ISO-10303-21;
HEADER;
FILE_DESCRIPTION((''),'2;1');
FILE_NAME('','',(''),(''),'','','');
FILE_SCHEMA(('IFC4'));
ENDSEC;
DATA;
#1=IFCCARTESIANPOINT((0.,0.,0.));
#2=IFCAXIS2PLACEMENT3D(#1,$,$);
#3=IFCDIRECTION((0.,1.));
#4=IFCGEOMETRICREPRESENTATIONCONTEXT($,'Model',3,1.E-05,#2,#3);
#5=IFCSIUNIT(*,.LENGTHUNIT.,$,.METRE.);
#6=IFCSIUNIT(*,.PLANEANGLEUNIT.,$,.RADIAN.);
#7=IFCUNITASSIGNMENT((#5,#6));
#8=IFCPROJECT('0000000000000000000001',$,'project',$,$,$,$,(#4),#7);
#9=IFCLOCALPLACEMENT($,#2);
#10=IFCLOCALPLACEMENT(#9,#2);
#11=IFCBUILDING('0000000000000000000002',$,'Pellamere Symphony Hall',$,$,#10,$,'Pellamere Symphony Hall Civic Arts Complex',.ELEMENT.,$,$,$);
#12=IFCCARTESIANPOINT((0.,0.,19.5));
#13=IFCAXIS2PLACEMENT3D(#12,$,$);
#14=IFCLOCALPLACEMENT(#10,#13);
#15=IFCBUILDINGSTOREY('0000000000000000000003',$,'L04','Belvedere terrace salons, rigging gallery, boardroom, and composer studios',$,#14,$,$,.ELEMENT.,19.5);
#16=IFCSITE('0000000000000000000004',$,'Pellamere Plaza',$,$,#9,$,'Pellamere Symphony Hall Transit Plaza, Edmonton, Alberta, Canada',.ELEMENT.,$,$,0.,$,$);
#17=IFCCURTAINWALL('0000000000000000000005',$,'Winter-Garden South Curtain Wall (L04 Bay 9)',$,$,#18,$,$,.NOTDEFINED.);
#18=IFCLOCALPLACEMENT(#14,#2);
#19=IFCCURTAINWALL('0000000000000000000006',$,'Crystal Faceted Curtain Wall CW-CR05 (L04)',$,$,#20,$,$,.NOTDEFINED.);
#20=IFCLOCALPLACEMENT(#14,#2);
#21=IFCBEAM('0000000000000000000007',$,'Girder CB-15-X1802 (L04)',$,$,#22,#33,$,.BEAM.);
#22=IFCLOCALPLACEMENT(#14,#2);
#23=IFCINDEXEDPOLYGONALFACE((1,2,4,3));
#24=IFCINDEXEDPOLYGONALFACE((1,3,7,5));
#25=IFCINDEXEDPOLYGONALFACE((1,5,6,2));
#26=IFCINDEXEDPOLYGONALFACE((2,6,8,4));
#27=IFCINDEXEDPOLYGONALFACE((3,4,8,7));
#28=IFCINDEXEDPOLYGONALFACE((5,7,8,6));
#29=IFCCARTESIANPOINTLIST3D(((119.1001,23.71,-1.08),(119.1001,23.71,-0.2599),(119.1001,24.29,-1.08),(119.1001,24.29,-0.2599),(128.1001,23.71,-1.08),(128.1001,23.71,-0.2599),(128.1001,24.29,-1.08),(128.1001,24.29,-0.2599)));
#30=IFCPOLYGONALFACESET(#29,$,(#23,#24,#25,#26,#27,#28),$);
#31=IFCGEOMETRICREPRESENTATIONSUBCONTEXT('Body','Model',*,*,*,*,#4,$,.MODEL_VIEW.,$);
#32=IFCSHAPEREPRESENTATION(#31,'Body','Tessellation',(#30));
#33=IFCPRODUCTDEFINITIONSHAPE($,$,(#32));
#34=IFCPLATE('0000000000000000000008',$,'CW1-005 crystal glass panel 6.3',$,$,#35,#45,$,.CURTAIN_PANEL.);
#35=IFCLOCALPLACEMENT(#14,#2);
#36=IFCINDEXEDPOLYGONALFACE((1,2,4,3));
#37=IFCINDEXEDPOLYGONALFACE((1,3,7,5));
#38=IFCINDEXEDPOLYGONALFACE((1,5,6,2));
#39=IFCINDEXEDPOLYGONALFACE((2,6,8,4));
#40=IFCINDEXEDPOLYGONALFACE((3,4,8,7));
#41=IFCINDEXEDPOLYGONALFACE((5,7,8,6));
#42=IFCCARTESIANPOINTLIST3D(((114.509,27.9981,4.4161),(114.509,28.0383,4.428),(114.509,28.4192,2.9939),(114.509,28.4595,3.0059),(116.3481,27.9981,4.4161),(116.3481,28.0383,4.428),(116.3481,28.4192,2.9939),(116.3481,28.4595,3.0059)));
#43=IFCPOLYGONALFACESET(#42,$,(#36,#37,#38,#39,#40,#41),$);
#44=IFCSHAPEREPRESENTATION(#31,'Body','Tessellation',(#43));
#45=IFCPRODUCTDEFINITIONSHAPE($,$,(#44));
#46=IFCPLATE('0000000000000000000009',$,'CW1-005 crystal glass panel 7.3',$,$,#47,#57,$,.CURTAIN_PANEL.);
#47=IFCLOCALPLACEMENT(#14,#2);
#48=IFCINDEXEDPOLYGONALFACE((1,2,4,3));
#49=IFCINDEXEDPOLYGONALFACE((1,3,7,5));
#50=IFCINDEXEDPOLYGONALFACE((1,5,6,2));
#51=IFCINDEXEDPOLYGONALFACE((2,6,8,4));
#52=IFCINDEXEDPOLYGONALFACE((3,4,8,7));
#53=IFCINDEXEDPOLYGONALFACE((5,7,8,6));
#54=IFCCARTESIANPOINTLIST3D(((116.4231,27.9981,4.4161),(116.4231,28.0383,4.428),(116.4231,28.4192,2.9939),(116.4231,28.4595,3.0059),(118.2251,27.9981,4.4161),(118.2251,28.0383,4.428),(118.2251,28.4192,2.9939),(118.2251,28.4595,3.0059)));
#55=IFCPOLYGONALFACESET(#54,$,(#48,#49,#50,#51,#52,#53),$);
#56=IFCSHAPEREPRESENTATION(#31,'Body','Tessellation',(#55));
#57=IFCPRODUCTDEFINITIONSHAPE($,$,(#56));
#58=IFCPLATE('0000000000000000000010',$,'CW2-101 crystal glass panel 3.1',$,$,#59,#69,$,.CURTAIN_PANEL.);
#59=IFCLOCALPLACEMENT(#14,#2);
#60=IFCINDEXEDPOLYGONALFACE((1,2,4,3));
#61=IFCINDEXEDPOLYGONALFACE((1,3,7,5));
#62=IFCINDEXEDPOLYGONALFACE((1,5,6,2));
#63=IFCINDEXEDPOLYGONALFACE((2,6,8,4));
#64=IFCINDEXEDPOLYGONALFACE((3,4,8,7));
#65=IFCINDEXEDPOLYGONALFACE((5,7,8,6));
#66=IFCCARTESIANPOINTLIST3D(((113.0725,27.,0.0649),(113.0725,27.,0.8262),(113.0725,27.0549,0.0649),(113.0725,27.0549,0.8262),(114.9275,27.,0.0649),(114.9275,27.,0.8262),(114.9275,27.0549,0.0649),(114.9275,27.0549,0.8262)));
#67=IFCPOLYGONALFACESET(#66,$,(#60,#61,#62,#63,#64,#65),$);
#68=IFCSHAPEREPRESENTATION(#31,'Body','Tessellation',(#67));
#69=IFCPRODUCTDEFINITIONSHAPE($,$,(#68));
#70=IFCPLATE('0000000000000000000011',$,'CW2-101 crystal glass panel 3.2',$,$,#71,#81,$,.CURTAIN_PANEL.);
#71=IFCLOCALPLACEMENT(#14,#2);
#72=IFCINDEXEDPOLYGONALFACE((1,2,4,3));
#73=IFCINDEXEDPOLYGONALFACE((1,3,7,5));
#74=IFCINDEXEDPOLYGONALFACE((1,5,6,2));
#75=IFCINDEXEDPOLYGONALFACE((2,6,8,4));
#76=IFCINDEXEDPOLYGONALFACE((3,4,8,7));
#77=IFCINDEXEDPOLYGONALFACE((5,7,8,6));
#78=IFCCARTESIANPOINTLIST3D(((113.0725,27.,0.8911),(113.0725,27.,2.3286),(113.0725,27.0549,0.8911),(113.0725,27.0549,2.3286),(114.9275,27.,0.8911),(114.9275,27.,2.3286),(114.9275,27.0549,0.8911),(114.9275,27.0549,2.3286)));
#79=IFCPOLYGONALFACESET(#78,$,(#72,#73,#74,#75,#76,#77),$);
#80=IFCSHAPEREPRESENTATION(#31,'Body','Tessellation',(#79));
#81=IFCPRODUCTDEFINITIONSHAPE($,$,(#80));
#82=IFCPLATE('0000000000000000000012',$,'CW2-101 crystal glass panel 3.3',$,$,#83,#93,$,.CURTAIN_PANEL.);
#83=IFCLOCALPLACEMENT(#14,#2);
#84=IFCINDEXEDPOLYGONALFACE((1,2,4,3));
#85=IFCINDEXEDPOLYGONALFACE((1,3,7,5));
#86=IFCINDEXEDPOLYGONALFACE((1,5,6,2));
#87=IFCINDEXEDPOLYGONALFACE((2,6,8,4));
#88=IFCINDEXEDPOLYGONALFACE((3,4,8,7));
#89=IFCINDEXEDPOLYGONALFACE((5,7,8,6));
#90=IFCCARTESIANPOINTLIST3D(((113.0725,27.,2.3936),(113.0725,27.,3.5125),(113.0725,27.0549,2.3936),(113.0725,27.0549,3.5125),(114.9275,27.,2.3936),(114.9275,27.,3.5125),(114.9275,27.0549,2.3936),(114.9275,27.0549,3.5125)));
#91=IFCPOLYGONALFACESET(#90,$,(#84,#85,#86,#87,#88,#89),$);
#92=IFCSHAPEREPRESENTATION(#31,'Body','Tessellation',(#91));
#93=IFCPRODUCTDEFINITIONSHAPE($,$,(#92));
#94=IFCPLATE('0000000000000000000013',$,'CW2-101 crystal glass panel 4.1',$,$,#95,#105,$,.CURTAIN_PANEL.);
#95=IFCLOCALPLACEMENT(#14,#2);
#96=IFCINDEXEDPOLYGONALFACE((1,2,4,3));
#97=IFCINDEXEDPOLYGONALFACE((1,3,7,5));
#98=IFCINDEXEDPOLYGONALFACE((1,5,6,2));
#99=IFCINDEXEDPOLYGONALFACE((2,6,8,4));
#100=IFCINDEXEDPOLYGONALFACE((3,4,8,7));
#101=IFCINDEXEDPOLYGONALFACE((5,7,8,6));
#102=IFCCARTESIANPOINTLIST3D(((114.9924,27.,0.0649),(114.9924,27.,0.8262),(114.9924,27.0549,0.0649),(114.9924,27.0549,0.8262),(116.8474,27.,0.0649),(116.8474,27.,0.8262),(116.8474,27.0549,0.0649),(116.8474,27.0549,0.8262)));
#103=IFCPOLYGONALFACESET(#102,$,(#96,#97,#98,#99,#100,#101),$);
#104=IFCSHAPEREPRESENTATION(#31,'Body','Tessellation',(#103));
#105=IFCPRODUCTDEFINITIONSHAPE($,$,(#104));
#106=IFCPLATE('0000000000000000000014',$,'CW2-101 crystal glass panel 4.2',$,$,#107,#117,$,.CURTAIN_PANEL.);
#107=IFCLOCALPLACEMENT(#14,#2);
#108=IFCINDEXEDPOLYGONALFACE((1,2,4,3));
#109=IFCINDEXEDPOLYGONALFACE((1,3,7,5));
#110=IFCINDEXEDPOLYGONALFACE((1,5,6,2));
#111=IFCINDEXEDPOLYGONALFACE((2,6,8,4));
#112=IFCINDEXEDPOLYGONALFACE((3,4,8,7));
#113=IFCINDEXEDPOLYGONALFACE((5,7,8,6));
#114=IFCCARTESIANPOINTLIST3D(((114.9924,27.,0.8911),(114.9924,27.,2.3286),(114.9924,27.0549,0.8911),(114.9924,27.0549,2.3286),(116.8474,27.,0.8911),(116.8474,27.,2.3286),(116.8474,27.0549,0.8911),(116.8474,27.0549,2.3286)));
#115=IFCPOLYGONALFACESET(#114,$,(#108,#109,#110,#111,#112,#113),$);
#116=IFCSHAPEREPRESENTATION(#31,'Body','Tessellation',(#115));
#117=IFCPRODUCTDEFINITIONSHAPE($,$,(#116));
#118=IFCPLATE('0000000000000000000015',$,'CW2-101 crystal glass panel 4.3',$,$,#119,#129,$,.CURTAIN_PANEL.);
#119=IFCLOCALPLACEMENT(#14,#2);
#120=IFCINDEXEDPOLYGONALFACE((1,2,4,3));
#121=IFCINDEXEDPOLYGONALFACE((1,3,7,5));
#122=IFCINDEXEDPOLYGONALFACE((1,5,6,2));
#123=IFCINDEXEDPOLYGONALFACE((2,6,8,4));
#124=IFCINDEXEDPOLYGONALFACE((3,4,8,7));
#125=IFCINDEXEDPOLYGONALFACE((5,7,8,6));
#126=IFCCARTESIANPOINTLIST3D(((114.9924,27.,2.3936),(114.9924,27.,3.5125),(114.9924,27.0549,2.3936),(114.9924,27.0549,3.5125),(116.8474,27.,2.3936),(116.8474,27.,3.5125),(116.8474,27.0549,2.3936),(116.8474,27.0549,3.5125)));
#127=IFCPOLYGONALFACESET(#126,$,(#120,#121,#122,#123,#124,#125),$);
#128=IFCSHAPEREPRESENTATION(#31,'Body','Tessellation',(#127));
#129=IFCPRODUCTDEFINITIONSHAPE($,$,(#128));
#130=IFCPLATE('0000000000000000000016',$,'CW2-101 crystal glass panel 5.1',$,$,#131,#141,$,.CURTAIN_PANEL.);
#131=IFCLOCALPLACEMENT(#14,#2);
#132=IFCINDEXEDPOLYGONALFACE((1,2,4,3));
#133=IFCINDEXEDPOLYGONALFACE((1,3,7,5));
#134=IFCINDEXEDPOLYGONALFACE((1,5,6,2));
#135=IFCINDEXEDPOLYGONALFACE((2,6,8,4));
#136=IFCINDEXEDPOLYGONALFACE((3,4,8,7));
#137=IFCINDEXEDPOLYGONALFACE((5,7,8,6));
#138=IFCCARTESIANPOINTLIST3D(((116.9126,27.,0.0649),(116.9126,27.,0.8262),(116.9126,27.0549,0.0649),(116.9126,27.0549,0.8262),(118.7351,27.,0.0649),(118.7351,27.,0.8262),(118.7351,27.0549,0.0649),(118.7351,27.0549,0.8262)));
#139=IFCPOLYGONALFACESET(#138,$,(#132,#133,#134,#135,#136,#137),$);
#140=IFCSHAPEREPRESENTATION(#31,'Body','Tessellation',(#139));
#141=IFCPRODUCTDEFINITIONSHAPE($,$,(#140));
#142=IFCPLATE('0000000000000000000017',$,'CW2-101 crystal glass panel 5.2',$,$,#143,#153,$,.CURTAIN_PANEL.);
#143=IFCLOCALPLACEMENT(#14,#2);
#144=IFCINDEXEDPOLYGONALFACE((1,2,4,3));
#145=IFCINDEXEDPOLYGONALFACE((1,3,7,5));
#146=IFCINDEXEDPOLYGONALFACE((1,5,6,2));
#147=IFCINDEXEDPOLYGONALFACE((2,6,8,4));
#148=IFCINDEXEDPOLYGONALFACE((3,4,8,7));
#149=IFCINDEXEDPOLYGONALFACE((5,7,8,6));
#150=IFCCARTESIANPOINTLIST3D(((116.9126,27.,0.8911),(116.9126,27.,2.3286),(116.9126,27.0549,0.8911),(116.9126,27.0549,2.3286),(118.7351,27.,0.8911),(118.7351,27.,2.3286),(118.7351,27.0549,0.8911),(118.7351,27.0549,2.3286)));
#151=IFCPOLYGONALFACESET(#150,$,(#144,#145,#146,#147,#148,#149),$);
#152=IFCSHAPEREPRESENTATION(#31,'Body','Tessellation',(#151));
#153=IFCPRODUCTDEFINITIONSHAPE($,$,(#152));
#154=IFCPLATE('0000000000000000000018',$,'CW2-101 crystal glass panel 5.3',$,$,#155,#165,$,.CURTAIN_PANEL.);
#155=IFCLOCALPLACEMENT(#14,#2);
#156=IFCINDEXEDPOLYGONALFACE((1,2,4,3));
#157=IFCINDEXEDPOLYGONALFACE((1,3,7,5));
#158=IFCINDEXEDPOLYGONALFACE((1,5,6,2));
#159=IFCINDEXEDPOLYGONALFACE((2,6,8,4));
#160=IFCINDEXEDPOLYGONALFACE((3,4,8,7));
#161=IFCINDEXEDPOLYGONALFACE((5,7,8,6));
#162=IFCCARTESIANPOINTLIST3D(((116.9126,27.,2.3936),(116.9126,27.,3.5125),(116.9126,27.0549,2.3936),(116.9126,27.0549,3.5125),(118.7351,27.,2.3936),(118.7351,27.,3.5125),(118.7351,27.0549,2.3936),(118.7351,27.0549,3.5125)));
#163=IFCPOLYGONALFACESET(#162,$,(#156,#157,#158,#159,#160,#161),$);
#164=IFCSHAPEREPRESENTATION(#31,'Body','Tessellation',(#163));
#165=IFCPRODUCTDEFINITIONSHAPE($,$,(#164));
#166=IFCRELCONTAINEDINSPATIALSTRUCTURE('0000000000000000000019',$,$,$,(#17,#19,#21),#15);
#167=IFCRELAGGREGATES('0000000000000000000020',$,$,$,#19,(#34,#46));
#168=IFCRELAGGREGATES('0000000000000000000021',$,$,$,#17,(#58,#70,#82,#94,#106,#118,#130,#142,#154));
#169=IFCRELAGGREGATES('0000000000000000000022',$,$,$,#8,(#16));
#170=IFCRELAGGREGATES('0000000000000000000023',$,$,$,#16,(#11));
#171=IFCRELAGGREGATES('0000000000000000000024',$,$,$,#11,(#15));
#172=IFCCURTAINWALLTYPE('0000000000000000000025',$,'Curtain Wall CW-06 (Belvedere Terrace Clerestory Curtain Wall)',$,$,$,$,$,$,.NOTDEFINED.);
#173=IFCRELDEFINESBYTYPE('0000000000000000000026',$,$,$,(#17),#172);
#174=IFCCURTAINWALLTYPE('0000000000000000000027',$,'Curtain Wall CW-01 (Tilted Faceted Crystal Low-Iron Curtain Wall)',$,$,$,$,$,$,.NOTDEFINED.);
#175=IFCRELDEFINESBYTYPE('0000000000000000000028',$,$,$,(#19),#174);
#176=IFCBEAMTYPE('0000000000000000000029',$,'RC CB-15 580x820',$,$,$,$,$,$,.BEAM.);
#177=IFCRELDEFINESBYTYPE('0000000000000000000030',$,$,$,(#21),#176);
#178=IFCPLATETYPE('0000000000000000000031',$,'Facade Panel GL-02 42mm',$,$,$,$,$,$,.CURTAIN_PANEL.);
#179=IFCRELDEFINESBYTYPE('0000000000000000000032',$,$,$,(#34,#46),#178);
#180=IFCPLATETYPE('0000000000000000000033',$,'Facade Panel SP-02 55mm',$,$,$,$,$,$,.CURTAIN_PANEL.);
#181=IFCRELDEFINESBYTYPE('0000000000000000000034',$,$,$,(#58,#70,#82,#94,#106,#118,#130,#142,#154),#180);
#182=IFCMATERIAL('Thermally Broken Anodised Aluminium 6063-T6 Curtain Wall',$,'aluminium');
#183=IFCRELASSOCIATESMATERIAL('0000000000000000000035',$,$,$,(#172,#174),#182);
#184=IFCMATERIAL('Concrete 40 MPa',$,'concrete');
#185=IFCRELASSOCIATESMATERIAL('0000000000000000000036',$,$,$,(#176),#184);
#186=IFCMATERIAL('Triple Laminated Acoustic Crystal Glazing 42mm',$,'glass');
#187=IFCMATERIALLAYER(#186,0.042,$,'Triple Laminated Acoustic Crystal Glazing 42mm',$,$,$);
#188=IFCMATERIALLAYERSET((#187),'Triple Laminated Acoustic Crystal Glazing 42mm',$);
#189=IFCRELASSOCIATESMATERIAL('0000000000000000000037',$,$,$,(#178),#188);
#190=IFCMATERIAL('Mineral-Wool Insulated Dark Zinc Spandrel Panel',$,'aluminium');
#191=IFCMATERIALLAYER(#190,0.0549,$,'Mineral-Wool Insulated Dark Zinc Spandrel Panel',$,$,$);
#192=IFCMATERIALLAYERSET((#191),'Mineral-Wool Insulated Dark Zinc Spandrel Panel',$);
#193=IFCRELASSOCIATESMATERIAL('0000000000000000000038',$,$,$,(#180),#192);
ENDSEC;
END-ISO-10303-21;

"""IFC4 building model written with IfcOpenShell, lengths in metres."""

from ifc_helpers import new_model, si_unit, direction, frame, origin, origin_2d, place, context, subcontext, project, spatial, polyline, rectangle, outline, extrude, material, layer, layer_set, material_profile, profile_set, type_object, element, aggregate, save


model = new_model("IFC4")

# Units and contexts
model_context = context("Model", 3, precision=1e-05, world=origin(), true_north=direction((0.0, 1.0)))
body_context = subcontext(model_context, "Body", "Model", "MODEL_VIEW")
ifc_project = project(units=[si_unit("LENGTHUNIT", "METRE"), si_unit("PLANEANGLEUNIT", "RADIAN")], contexts=[model_context])

# Site, building, storey
site_placement = place(None, origin())
site = spatial("IfcSite", under=ifc_project, at=site_placement, Name="Pellamere Plaza", LongName="Pellamere Symphony Hall Transit Plaza, Edmonton, Alberta, Canada", CompositionType="ELEMENT", RefElevation=0.0)
building_placement = place(site_placement, origin())
building = spatial("IfcBuilding", under=site, at=building_placement, Name="Pellamere Symphony Hall", LongName="Pellamere Symphony Hall Civic Arts Complex", CompositionType="ELEMENT")
storey_placement = place(building_placement, frame((0.0, 0.0, 19.5)))
storey = spatial("IfcBuildingStorey", under=building, at=storey_placement, Name="L04", Description="Belvedere terrace salons, rigging gallery, boardroom, and composer studios", CompositionType="ELEMENT", Elevation=19.5)

# Curtain walls
ifc_material_1 = material(Name="Thermally Broken Anodised Aluminium 6063-T6 Curtain Wall", Category="aluminium")
curtain_wall_type_1 = type_object("IfcCurtainWallType", Name="Curtain Wall CW-06 (Belvedere Terrace Clerestory Curtain Wall)", PredefinedType="NOTDEFINED", material=ifc_material_1)
curtain_wall_1_placement = place(storey_placement, origin())
curtain_wall_1 = element("IfcCurtainWall", 1, at=curtain_wall_1_placement, inside=storey, type_object=curtain_wall_type_1, Name="Winter-Garden South Curtain Wall (L04 Bay 9)", PredefinedType="NOTDEFINED")
curtain_wall_type_2 = type_object("IfcCurtainWallType", Name="Curtain Wall CW-01 (Tilted Faceted Crystal Low-Iron Curtain Wall)", PredefinedType="NOTDEFINED", material=ifc_material_1)
curtain_wall_2_placement = place(storey_placement, origin())
curtain_wall_2 = element("IfcCurtainWall", 2, at=curtain_wall_2_placement, inside=storey, type_object=curtain_wall_type_2, Name="Crystal Faceted Curtain Wall CW-CR05 (L04)", PredefinedType="NOTDEFINED")

# Beam
ifc_material_2 = material(Name="Concrete 40 MPa", Category="concrete")
ifc_material_profile_1 = material_profile(ifc_material_2, rectangle(XDim=0.5801, YDim=0.8201, at=origin_2d()), Name="RC 580x820")
ifc_profile_set_1 = profile_set([ifc_material_profile_1], Name="Concrete 40 MPa")
beam_type_1 = type_object("IfcBeamType", Name="RC CB-15 580x820", PredefinedType="BEAM", material=ifc_profile_set_1)
beam_1_placement = place(storey_placement, frame((119.1001, 24.0, -0.6699), z_axis=(1.0, 0.0, 0.0), x_axis=(0.0, 1.0, 0.0)))
element("IfcBeam", 3, at=beam_1_placement, inside=storey, type_object=beam_type_1, Name="Girder CB-15-X1802 (L04)", PredefinedType="BEAM", context=body_context, shape_type="SweptSolid", body=[
    extrude(rectangle(XDim=0.5801, YDim=0.8201, at=origin_2d()), origin(), (0.0, 0.0, 1.0), 9.0),
])

# Plates
ifc_material_3 = material(Name="Triple Laminated Acoustic Crystal Glazing 42mm", Category="glass")
ifc_layer_1 = layer(ifc_material_3, 0.042, Name="Triple Laminated Acoustic Crystal Glazing 42mm")
ifc_layer_set_1 = layer_set([ifc_layer_1], Name="Triple Laminated Acoustic Crystal Glazing 42mm")
plate_type_1 = type_object("IfcPlateType", Name="Facade Panel GL-02 42mm", PredefinedType="CURTAIN_PANEL", material=ifc_layer_set_1)
plate_1_placement = place(storey_placement, frame((114.509, 28.4595, 3.0059), z_axis=(0.0, 0.95884, 0.283948), x_axis=(1.0, 0.0, 0.0)))
plate_1 = element("IfcPlate", 4, at=plate_1_placement, type_object=plate_type_1, Name="CW1-005 crystal glass panel 6.3", PredefinedType="CURTAIN_PANEL", context=body_context, shape_type="SweptSolid", body=[
    extrude(outline(polyline([(0.0, 0.0), (1.8391, 0.0), (1.8391, -1.4832), (0.0, -1.4832), (0.0, 0.0)])), origin(), (0.0, 0.0, -1.0), 0.042),
])
plate_2_placement = place(storey_placement, frame((116.4231, 28.4595, 3.0059), z_axis=(0.0, 0.95884, 0.283948), x_axis=(1.0, 0.0, 0.0)))
plate_2 = element("IfcPlate", 5, at=plate_2_placement, type_object=plate_type_1, Name="CW1-005 crystal glass panel 7.3", PredefinedType="CURTAIN_PANEL", context=body_context, shape_type="SweptSolid", body=[
    extrude(outline(polyline([(0.0, 0.0), (1.802, 0.0), (1.802, -1.4832), (0.0, -1.4832), (0.0, 0.0)])), origin(), (0.0, 0.0, -1.0), 0.042),
])
aggregate(curtain_wall_2, [plate_1, plate_2])
ifc_material_4 = material(Name="Mineral-Wool Insulated Dark Zinc Spandrel Panel", Category="aluminium")
ifc_layer_2 = layer(ifc_material_4, 0.0549, Name="Mineral-Wool Insulated Dark Zinc Spandrel Panel")
ifc_layer_set_2 = layer_set([ifc_layer_2], Name="Mineral-Wool Insulated Dark Zinc Spandrel Panel")
plate_type_2 = type_object("IfcPlateType", Name="Facade Panel SP-02 55mm", PredefinedType="CURTAIN_PANEL", material=ifc_layer_set_2)
plate_3_placement = place(storey_placement, frame((113.0725, 27.0, 0.0649), z_axis=(0.0, -1.0, 0.0), x_axis=(1.0, 0.0, 0.0)))
plate_3 = element("IfcPlate", 6, at=plate_3_placement, type_object=plate_type_2, Name="CW2-101 crystal glass panel 3.1", PredefinedType="CURTAIN_PANEL", context=body_context, shape_type="SweptSolid", body=[
    extrude(outline(polyline([(0.0, 0.0), (1.855, 0.0), (1.855, 0.7612), (0.0, 0.7612), (0.0, 0.0)])), origin(), (0.0, 0.0, -1.0), 0.0549),
])
plate_4_placement = place(storey_placement, frame((113.0725, 27.0, 0.8911), z_axis=(0.0, -1.0, 0.0), x_axis=(1.0, 0.0, 0.0)))
plate_4 = element("IfcPlate", 7, at=plate_4_placement, type_object=plate_type_2, Name="CW2-101 crystal glass panel 3.2", PredefinedType="CURTAIN_PANEL", context=body_context, shape_type="SweptSolid", body=[
    extrude(outline(polyline([(0.0, 0.0), (1.855, 0.0), (1.855, 1.4375), (0.0, 1.4375), (0.0, 0.0)])), origin(), (0.0, 0.0, -1.0), 0.0549),
])
plate_5_placement = place(storey_placement, frame((113.0725, 27.0, 2.3936), z_axis=(0.0, -1.0, 0.0), x_axis=(1.0, 0.0, 0.0)))
plate_5 = element("IfcPlate", 8, at=plate_5_placement, type_object=plate_type_2, Name="CW2-101 crystal glass panel 3.3", PredefinedType="CURTAIN_PANEL", context=body_context, shape_type="SweptSolid", body=[
    extrude(outline(polyline([(0.0, 0.0), (1.855, 0.0), (1.855, 1.1189), (0.0, 1.1189), (0.0, 0.0)])), origin(), (0.0, 0.0, -1.0), 0.0549),
])
plate_6_placement = place(storey_placement, frame((114.9924, 27.0, 0.0649), z_axis=(0.0, -1.0, 0.0), x_axis=(1.0, 0.0, 0.0)))
plate_6 = element("IfcPlate", 9, at=plate_6_placement, type_object=plate_type_2, Name="CW2-101 crystal glass panel 4.1", PredefinedType="CURTAIN_PANEL", context=body_context, shape_type="SweptSolid", body=[
    extrude(outline(polyline([(0.0, 0.0), (1.855, 0.0), (1.855, 0.7612), (0.0, 0.7612), (0.0, 0.0)])), origin(), (0.0, 0.0, -1.0), 0.0549),
])
plate_7_placement = place(storey_placement, frame((114.9924, 27.0, 0.8911), z_axis=(0.0, -1.0, 0.0), x_axis=(1.0, 0.0, 0.0)))
plate_7 = element("IfcPlate", 10, at=plate_7_placement, type_object=plate_type_2, Name="CW2-101 crystal glass panel 4.2", PredefinedType="CURTAIN_PANEL", context=body_context, shape_type="SweptSolid", body=[
    extrude(outline(polyline([(0.0, 0.0), (1.855, 0.0), (1.855, 1.4375), (0.0, 1.4375), (0.0, 0.0)])), origin(), (0.0, 0.0, -1.0), 0.0549),
])
plate_8_placement = place(storey_placement, frame((114.9924, 27.0, 2.3936), z_axis=(0.0, -1.0, 0.0), x_axis=(1.0, 0.0, 0.0)))
plate_8 = element("IfcPlate", 11, at=plate_8_placement, type_object=plate_type_2, Name="CW2-101 crystal glass panel 4.3", PredefinedType="CURTAIN_PANEL", context=body_context, shape_type="SweptSolid", body=[
    extrude(outline(polyline([(0.0, 0.0), (1.855, 0.0), (1.855, 1.1189), (0.0, 1.1189), (0.0, 0.0)])), origin(), (0.0, 0.0, -1.0), 0.0549),
])
plate_9_placement = place(storey_placement, frame((116.9126, 27.0, 0.0649), z_axis=(0.0, -1.0, 0.0), x_axis=(1.0, 0.0, 0.0)))
plate_9 = element("IfcPlate", 12, at=plate_9_placement, type_object=plate_type_2, Name="CW2-101 crystal glass panel 5.1", PredefinedType="CURTAIN_PANEL", context=body_context, shape_type="SweptSolid", body=[
    extrude(outline(polyline([(0.0, 0.0), (1.8225, 0.0), (1.8225, 0.7612), (0.0, 0.7612), (0.0, 0.0)])), origin(), (0.0, 0.0, -1.0), 0.0549),
])
plate_10_placement = place(storey_placement, frame((116.9126, 27.0, 0.8911), z_axis=(0.0, -1.0, 0.0), x_axis=(1.0, 0.0, 0.0)))
plate_10 = element("IfcPlate", 13, at=plate_10_placement, type_object=plate_type_2, Name="CW2-101 crystal glass panel 5.2", PredefinedType="CURTAIN_PANEL", context=body_context, shape_type="SweptSolid", body=[
    extrude(outline(polyline([(0.0, 0.0), (1.8225, 0.0), (1.8225, 1.4375), (0.0, 1.4375), (0.0, 0.0)])), origin(), (0.0, 0.0, -1.0), 0.0549),
])
plate_11_placement = place(storey_placement, frame((116.9126, 27.0, 2.3936), z_axis=(0.0, -1.0, 0.0), x_axis=(1.0, 0.0, 0.0)))
plate_11 = element("IfcPlate", 14, at=plate_11_placement, type_object=plate_type_2, Name="CW2-101 crystal glass panel 5.3", PredefinedType="CURTAIN_PANEL", context=body_context, shape_type="SweptSolid", body=[
    extrude(outline(polyline([(0.0, 0.0), (1.8225, 0.0), (1.8225, 1.1189), (0.0, 1.1189), (0.0, 0.0)])), origin(), (0.0, 0.0, -1.0), 0.0549),
])
aggregate(curtain_wall_1, [plate_3, plate_4, plate_5, plate_6, plate_7, plate_8, plate_9, plate_10, plate_11])

save(model, "model.ifc")
